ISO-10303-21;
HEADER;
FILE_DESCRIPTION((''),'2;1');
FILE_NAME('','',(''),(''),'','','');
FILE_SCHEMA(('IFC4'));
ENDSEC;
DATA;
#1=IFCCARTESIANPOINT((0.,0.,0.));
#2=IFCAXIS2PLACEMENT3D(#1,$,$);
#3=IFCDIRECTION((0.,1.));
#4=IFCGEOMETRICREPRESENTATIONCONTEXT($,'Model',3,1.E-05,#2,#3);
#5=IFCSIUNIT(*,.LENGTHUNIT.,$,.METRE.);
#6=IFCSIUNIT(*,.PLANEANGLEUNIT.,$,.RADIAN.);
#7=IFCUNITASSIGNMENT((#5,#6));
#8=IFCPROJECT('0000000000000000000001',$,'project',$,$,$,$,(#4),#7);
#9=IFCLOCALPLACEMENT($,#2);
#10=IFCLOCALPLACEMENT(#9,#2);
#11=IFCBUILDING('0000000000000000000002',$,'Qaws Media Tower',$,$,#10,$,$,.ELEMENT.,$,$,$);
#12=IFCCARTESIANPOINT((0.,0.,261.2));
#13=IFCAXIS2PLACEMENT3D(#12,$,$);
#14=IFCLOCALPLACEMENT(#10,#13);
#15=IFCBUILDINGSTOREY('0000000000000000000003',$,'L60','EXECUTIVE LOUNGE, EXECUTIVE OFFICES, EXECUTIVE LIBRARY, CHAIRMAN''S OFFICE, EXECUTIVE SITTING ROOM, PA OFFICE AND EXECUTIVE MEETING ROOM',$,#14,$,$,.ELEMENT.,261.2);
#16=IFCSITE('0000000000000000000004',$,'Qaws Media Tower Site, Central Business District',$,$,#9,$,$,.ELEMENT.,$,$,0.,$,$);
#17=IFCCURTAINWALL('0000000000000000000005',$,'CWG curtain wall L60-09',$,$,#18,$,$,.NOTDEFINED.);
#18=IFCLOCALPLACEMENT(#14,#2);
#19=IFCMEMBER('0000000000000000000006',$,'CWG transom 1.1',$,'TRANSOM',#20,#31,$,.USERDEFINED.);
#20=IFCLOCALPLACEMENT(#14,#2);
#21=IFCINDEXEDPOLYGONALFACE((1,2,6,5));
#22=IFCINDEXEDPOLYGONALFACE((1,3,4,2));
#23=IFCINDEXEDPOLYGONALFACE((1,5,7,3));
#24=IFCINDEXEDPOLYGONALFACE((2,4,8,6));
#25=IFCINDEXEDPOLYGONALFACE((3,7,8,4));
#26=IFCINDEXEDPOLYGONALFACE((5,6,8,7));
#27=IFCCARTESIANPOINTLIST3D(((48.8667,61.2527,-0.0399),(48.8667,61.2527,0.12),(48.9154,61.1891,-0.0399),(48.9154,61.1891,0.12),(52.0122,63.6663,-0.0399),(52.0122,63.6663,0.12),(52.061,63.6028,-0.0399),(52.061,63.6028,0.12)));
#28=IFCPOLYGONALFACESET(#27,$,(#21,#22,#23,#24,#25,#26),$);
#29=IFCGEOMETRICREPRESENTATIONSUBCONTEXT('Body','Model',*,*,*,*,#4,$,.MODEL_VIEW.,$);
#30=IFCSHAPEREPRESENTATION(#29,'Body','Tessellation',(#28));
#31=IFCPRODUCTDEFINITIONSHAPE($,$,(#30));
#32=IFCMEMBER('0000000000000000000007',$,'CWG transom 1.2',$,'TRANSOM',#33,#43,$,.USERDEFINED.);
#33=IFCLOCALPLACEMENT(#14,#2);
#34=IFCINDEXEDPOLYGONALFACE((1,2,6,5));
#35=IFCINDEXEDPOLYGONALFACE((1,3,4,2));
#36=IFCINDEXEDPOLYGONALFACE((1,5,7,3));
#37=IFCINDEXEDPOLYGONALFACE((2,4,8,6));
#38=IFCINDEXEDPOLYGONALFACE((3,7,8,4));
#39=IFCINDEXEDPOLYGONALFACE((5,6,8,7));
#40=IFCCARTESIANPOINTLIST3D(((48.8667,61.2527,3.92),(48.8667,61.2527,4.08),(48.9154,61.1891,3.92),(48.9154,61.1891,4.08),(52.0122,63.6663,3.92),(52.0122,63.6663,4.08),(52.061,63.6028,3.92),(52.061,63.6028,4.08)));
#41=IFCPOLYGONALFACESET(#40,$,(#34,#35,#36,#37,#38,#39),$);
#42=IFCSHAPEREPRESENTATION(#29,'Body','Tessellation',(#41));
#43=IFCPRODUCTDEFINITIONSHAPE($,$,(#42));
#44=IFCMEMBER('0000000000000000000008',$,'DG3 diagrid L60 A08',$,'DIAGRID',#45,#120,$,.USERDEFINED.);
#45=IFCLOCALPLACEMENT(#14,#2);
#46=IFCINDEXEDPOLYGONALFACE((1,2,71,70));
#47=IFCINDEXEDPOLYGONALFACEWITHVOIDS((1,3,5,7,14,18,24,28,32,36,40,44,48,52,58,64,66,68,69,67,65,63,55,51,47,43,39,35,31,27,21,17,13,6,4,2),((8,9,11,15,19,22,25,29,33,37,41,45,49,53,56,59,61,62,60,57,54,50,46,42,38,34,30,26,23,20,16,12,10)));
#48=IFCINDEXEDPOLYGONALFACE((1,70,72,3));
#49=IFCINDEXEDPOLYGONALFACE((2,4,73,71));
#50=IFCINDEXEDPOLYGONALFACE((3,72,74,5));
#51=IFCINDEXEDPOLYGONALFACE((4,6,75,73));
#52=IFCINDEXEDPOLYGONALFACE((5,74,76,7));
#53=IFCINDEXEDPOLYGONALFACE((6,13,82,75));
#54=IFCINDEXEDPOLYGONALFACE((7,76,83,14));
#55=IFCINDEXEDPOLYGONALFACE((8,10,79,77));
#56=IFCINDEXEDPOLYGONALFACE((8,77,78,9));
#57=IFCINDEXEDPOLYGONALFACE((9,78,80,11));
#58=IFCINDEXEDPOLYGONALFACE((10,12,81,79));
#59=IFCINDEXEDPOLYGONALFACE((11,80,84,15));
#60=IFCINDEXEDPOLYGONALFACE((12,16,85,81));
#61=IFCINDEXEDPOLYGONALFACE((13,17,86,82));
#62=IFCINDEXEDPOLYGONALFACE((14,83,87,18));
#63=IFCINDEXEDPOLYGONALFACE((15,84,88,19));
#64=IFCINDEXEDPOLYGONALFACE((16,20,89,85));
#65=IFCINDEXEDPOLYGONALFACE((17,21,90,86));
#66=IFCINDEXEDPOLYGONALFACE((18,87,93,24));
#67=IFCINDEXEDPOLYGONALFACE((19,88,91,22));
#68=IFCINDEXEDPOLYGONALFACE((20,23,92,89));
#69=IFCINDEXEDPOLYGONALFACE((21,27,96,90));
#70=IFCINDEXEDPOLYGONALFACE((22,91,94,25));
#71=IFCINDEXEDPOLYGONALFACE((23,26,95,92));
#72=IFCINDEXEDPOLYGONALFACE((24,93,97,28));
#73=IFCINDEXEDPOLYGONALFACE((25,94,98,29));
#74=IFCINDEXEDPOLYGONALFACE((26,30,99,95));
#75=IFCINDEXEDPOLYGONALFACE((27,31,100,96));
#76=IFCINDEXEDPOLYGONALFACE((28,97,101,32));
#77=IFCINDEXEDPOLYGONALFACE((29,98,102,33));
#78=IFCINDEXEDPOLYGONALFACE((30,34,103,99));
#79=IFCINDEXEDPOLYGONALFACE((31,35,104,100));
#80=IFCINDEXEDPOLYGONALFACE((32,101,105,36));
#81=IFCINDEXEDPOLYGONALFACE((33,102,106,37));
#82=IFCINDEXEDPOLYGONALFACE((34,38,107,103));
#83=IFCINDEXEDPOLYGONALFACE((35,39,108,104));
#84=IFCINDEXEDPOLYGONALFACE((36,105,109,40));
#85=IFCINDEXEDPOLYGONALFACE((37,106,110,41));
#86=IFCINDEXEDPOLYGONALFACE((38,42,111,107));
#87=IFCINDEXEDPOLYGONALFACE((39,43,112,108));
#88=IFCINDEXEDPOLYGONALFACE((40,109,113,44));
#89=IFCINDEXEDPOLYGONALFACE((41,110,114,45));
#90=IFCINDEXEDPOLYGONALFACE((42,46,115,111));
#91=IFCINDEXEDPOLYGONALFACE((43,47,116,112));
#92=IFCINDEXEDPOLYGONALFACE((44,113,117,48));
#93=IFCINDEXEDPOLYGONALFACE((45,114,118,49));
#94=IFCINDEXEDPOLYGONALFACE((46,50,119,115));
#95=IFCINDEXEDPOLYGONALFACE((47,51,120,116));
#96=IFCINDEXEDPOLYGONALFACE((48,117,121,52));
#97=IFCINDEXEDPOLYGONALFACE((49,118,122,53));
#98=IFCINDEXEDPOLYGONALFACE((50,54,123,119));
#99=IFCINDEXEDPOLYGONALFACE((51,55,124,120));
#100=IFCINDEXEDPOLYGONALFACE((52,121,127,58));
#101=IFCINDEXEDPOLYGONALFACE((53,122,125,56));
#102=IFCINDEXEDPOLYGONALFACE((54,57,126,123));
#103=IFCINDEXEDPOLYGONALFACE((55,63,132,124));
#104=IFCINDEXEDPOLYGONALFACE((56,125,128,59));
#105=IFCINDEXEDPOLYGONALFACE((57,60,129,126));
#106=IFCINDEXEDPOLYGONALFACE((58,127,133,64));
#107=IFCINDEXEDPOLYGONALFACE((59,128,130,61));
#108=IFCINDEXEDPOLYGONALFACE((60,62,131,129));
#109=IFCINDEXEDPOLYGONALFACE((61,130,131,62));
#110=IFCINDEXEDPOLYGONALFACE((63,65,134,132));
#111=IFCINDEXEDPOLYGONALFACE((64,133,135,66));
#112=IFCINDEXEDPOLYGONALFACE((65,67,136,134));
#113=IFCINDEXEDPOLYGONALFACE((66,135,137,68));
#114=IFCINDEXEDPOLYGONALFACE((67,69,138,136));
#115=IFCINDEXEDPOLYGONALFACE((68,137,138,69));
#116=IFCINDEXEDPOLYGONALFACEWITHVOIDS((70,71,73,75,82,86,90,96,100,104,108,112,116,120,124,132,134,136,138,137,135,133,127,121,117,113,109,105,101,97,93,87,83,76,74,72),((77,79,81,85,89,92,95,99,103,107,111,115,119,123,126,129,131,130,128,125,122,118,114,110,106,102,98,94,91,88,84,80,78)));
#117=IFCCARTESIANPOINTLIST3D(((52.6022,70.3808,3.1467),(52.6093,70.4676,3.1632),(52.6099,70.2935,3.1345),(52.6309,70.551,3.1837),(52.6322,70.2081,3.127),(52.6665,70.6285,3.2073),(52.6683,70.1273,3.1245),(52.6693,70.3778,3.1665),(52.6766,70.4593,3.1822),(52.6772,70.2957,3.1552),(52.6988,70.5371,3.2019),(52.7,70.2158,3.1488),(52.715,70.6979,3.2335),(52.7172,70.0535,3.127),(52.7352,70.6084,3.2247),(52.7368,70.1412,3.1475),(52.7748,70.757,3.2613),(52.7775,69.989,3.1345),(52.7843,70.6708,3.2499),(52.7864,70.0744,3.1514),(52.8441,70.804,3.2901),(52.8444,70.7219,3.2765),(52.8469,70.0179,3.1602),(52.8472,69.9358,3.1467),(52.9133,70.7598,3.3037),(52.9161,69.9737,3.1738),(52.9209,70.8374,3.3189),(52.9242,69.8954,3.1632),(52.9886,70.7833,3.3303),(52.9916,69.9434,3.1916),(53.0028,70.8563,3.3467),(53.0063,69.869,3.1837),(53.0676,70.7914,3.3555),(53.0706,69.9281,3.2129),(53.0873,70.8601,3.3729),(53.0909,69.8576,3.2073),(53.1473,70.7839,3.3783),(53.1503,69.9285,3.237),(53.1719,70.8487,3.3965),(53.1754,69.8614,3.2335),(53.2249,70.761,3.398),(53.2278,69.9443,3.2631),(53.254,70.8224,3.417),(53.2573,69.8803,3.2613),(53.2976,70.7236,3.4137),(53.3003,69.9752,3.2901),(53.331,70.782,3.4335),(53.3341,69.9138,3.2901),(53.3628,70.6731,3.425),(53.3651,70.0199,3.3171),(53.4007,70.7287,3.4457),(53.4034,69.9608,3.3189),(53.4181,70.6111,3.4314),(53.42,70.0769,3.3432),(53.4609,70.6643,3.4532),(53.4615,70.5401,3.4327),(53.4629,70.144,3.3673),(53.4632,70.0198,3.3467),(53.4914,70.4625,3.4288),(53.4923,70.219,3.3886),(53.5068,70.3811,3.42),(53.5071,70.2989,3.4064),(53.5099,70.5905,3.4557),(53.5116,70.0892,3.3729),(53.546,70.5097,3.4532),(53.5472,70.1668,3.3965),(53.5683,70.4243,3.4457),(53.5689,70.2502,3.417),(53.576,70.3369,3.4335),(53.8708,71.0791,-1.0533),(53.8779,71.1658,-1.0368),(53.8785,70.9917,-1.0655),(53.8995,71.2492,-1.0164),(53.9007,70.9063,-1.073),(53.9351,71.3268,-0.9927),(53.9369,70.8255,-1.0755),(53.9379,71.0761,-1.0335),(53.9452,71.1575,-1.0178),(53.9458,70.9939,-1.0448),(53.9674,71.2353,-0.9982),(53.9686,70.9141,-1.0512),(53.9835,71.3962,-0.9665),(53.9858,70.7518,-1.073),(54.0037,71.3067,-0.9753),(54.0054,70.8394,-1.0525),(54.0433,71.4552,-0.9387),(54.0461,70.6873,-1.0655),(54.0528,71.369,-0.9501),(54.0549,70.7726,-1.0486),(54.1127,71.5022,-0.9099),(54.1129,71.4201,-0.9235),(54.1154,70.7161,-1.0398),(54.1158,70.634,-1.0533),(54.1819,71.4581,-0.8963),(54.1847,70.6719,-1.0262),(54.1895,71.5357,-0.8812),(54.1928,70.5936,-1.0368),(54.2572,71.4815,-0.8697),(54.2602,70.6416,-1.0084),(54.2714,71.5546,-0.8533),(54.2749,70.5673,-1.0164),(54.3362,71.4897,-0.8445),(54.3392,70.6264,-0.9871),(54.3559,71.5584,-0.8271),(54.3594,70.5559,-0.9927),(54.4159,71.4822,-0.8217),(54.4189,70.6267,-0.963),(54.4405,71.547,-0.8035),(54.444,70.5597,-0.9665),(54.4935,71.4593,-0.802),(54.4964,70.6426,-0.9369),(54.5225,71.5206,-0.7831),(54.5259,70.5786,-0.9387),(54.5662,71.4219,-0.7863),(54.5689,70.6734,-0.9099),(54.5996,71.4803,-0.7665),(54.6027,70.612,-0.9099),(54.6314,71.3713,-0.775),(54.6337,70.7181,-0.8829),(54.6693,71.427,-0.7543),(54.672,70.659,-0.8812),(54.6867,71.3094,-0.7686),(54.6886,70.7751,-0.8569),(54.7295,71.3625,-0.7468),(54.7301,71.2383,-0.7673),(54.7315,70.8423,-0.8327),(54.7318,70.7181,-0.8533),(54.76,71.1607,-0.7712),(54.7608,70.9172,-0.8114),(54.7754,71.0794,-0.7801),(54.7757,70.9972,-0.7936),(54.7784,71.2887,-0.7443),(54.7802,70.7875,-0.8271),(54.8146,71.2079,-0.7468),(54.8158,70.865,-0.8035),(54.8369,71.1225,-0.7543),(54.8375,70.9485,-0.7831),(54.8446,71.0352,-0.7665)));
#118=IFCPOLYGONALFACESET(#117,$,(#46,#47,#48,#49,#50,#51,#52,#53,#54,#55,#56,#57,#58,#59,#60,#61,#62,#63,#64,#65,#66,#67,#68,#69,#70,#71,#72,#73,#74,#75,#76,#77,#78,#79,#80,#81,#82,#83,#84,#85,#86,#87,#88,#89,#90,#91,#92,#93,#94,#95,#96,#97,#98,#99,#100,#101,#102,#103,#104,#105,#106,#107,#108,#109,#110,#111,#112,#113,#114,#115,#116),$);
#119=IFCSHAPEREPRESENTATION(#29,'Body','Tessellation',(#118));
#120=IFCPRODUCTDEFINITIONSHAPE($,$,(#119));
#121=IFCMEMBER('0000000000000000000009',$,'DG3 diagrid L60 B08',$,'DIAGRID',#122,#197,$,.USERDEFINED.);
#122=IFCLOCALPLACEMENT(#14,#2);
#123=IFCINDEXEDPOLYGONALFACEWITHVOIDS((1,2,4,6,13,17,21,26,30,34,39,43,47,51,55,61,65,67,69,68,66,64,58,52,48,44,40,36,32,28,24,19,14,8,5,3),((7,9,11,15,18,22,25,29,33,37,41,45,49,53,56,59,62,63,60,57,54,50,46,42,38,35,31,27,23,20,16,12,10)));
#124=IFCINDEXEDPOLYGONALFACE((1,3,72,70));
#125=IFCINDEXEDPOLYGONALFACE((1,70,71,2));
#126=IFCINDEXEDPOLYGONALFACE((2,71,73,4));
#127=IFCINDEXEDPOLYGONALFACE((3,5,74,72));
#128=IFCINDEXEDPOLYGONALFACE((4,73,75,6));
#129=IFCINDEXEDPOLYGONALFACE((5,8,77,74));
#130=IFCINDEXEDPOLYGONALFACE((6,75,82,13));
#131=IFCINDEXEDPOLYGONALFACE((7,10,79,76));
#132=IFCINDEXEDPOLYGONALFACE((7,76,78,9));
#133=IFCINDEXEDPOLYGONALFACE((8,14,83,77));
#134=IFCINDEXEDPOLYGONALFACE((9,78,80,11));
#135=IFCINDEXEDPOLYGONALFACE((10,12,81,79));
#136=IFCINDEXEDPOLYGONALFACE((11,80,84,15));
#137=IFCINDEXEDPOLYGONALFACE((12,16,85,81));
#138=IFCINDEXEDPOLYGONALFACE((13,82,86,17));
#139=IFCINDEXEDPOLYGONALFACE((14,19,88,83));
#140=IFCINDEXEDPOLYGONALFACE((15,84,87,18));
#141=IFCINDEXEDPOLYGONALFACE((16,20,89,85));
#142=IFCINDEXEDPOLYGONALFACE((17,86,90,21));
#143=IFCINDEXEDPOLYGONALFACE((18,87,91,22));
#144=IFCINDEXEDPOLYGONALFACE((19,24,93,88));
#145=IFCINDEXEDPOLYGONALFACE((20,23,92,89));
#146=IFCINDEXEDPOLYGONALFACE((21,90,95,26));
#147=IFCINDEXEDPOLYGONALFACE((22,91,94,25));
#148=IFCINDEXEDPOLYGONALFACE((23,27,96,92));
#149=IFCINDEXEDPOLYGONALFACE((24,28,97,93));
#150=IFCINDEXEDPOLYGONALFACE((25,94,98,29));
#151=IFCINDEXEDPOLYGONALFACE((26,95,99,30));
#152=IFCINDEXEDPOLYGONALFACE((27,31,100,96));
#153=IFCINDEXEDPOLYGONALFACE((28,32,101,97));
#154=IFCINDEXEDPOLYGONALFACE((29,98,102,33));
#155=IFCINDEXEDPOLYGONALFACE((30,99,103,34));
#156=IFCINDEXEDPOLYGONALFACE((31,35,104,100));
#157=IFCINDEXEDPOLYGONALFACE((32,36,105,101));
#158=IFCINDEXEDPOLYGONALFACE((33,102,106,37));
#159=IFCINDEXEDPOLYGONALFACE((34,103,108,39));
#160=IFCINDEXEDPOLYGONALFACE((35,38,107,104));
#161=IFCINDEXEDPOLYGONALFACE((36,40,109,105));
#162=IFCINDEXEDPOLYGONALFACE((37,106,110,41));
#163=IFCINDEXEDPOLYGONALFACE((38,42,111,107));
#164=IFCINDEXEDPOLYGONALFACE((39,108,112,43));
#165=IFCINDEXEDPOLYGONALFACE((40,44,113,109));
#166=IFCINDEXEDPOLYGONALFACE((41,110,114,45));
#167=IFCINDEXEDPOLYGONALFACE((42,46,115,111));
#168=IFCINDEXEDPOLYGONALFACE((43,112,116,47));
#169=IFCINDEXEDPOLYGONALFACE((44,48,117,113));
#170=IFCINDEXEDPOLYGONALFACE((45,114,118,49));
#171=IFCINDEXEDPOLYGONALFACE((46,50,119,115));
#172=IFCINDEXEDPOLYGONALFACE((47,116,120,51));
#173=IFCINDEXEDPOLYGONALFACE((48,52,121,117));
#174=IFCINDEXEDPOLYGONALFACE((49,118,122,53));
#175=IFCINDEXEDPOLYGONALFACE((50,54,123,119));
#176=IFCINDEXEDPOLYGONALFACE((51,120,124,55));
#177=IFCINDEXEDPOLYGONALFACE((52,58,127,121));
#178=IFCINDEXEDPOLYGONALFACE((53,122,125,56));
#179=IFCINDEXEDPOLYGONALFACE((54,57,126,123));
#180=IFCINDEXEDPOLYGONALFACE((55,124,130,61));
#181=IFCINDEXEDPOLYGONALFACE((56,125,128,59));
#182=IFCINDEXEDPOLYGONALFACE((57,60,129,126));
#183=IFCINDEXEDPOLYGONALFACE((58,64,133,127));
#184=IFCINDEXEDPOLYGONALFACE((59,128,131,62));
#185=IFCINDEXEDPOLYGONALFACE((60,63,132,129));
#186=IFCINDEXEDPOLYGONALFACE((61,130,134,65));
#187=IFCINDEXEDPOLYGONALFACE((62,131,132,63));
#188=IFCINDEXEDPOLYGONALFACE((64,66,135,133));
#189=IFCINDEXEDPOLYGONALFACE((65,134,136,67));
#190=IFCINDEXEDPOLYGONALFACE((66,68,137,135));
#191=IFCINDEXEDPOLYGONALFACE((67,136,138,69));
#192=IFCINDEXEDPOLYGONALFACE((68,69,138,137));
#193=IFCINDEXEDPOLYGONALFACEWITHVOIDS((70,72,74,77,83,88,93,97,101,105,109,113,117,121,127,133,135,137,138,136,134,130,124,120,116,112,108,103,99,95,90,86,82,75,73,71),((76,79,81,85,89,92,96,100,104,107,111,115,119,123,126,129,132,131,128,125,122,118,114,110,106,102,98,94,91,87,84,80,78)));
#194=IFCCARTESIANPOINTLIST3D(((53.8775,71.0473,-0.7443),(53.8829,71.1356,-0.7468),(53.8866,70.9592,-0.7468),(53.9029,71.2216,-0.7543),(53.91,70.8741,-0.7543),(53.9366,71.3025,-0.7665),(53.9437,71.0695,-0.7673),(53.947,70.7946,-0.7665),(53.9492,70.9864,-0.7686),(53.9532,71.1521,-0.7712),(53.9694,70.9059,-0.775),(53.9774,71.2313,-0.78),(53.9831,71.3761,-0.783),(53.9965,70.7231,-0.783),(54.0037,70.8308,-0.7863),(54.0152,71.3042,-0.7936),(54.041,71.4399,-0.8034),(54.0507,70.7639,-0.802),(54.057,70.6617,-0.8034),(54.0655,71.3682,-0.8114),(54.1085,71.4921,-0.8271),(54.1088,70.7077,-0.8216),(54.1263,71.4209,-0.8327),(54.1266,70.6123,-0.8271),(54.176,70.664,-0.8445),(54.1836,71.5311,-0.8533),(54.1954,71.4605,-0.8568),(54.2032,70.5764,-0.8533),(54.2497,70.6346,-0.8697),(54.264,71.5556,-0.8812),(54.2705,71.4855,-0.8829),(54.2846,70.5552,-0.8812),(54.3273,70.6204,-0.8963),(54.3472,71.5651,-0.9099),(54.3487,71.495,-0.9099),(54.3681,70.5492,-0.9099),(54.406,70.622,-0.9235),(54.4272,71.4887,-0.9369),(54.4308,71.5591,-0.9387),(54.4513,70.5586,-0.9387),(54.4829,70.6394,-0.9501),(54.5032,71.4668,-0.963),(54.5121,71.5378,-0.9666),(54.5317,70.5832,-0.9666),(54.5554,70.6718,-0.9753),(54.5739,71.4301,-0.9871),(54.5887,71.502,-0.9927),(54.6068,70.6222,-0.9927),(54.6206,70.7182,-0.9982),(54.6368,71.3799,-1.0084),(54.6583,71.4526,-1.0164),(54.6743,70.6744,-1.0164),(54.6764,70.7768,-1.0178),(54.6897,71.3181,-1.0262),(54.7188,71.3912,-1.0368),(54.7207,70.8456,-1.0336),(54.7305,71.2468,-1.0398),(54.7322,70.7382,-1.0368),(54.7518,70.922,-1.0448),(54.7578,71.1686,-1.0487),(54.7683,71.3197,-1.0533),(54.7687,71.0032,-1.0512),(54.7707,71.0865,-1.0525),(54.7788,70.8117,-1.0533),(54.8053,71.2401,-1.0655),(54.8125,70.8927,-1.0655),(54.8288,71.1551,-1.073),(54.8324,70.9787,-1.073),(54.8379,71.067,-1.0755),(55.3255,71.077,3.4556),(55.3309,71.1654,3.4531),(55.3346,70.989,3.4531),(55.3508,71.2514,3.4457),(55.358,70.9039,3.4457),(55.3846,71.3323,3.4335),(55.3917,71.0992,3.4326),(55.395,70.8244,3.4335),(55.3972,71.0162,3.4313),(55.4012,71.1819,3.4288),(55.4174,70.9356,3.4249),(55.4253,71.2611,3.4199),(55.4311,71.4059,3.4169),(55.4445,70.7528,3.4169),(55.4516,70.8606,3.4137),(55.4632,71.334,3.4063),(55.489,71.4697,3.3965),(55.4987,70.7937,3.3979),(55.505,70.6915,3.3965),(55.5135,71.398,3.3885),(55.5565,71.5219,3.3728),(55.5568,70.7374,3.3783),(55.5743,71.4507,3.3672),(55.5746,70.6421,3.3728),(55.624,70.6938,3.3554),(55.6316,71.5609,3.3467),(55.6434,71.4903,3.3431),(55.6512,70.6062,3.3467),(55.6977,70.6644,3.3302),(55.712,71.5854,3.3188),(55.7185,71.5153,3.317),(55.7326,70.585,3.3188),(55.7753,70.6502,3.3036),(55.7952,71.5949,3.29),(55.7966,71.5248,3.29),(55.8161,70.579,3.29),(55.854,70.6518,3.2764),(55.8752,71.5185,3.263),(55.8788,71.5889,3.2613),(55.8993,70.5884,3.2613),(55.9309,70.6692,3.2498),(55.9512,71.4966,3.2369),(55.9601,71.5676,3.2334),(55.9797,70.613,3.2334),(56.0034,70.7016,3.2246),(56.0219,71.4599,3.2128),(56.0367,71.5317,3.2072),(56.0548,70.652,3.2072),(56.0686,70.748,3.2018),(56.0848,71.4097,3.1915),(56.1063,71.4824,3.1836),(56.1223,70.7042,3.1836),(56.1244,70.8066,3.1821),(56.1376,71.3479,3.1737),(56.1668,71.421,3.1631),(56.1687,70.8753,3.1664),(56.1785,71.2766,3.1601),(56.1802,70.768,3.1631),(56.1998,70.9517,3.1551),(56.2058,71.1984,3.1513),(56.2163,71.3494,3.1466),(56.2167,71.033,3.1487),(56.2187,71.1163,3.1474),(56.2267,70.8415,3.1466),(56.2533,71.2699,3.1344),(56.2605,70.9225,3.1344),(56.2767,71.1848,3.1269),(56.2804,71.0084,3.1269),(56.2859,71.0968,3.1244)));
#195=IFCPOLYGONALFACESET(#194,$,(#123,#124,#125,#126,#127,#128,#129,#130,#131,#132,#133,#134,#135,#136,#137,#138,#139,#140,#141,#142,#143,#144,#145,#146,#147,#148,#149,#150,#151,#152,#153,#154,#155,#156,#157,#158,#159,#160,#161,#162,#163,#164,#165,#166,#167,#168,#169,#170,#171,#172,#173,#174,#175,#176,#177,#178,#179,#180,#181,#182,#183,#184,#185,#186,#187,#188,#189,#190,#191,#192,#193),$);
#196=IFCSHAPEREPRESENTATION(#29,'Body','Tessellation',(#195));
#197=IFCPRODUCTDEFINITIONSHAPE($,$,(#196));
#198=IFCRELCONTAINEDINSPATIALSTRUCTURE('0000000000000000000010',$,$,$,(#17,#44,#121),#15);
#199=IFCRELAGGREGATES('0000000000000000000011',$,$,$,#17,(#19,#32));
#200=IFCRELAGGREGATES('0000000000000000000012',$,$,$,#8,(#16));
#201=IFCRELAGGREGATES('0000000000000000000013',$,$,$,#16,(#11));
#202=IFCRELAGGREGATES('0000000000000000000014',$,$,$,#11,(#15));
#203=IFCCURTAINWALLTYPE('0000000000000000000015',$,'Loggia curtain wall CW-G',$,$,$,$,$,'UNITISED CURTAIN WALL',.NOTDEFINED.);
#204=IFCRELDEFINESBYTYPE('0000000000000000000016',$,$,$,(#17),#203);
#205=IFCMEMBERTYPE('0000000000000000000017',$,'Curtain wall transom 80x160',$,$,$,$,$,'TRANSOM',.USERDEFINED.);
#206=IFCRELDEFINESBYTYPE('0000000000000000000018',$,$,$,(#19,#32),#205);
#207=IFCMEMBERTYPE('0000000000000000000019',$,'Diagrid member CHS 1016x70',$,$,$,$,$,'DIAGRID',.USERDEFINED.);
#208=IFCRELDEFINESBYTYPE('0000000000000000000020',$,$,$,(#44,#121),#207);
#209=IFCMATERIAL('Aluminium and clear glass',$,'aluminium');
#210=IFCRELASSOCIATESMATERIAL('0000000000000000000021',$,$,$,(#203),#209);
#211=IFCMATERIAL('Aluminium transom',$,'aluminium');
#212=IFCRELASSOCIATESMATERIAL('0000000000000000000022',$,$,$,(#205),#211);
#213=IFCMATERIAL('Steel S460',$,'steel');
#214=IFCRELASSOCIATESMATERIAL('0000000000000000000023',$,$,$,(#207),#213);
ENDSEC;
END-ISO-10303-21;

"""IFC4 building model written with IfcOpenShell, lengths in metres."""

from ifc_helpers import new_model, si_unit, direction, frame, origin, origin_2d, place, context, subcontext, project, spatial, rectangle, hollow_circle, extrude, material, material_profile, profile_set, type_object, element, aggregate, save


model = new_model("IFC4")

# Units and contexts
model_context = context("Model", 3, precision=1e-05, world=origin(), true_north=direction((0.0, 1.0)))
body_context = subcontext(model_context, "Body", "Model", "MODEL_VIEW")
ifc_project = project(units=[si_unit("LENGTHUNIT", "METRE"), si_unit("PLANEANGLEUNIT", "RADIAN")], contexts=[model_context])

# Site, building, storey
site_placement = place(None, origin())
site = spatial("IfcSite", under=ifc_project, at=site_placement, Name="Qaws Media Tower Site, Central Business District", CompositionType="ELEMENT", RefElevation=0.0)
building_placement = place(site_placement, origin())
building = spatial("IfcBuilding", under=site, at=building_placement, Name="Qaws Media Tower", CompositionType="ELEMENT")
storey_placement = place(building_placement, frame((0.0, 0.0, 261.2)))
storey = spatial("IfcBuildingStorey", under=building, at=storey_placement, Name="L60", Description="EXECUTIVE LOUNGE, EXECUTIVE OFFICES, EXECUTIVE LIBRARY, CHAIRMAN'S OFFICE, EXECUTIVE SITTING ROOM, PA OFFICE AND EXECUTIVE MEETING ROOM", CompositionType="ELEMENT", Elevation=261.2)

# Shared definitions
ifc_material_1 = material(Name="Aluminium and clear glass", Category="aluminium")
curtain_wall_type = type_object("IfcCurtainWallType", Name="Loggia curtain wall CW-G", ElementType="UNITISED CURTAIN WALL", PredefinedType="NOTDEFINED", material=ifc_material_1)

# Curtain wall
curtain_wall_1_placement = place(storey_placement, origin())
curtain_wall_1 = element("IfcCurtainWall", 1, at=curtain_wall_1_placement, inside=storey, type_object=curtain_wall_type, Name="CWG curtain wall L60-09", PredefinedType="NOTDEFINED")

# Members
ifc_material_2 = material(Name="Aluminium transom", Category="aluminium")
ifc_material_profile_1 = material_profile(ifc_material_2, rectangle(XDim=0.0801, YDim=0.1599, at=origin_2d()), Name="80x160")
ifc_profile_set_1 = profile_set([ifc_material_profile_1], Name="Aluminium transom")
member_type_1 = type_object("IfcMemberType", Name="Curtain wall transom 80x160", ElementType="TRANSOM", PredefinedType="USERDEFINED", material=ifc_profile_set_1)
member_1_placement = place(storey_placement, frame((52.0366, 63.6345, 0.04), z_axis=(-0.793361, -0.608752, 0.0), x_axis=(0.608752, -0.793361, 0.0)))
member_1 = element("IfcMember", 2, at=member_1_placement, type_object=member_type_1, Name="CWG transom 1.1", ObjectType="TRANSOM", PredefinedType="USERDEFINED", context=body_context, shape_type="SweptSolid", body=[
    extrude(rectangle(XDim=0.0801, YDim=0.1599, at=origin_2d()), origin(), (0.0, 0.0, 1.0), 3.9648),
])
member_2_placement = place(storey_placement, frame((52.0366, 63.6345, 4.0), z_axis=(-0.793361, -0.608752, 0.0), x_axis=(0.608752, -0.793361, 0.0)))
member_2 = element("IfcMember", 3, at=member_2_placement, type_object=member_type_1, Name="CWG transom 1.2", ObjectType="TRANSOM", PredefinedType="USERDEFINED", context=body_context, shape_type="SweptSolid", body=[
    extrude(rectangle(XDim=0.0801, YDim=0.1599, at=origin_2d()), origin(), (0.0, 0.0, 1.0), 3.9648),
])

# Members
ifc_material_3 = material(Name="Steel S460", Category="steel")
ifc_material_profile_2 = material_profile(ifc_material_3, hollow_circle(Radius=0.5081, WallThickness=0.0701, at=origin_2d()), Name="CHS 1016x70")
ifc_profile_set_2 = profile_set([ifc_material_profile_2], Name="Steel S460")
member_type_2 = type_object("IfcMemberType", Name="Diagrid member CHS 1016x70", ElementType="DIAGRID", PredefinedType="USERDEFINED", material=ifc_profile_set_2)
for number, where, z_axis, x_axis, name in (
    (4, (54.3577, 71.0571, -0.9099), (-0.285546, -0.157171, 0.945389), (0.482204, -0.876059, 0.0), "DG3 diagrid L60 A08"),
    (5, (54.3577, 71.0571, -0.9099), (0.325931, 0.006704, 0.94537), (-0.020566, 0.999789, 0.0), "DG3 diagrid L60 B08"),
):
    element("IfcMember", number, at=place(storey_placement, frame(where, z_axis=z_axis, x_axis=x_axis)), inside=storey, type_object=member_type_2, Name=name, ObjectType="DIAGRID", PredefinedType="USERDEFINED", context=body_context, shape_type="SweptSolid", body=[
        extrude(hollow_circle(Radius=0.5081, WallThickness=0.0701, at=origin_2d()), origin(), (0.0, 0.0, 1.0), 4.4426),
    ])

aggregate(curtain_wall_1, [member_1, member_2])

save(model, "model.ifc")
